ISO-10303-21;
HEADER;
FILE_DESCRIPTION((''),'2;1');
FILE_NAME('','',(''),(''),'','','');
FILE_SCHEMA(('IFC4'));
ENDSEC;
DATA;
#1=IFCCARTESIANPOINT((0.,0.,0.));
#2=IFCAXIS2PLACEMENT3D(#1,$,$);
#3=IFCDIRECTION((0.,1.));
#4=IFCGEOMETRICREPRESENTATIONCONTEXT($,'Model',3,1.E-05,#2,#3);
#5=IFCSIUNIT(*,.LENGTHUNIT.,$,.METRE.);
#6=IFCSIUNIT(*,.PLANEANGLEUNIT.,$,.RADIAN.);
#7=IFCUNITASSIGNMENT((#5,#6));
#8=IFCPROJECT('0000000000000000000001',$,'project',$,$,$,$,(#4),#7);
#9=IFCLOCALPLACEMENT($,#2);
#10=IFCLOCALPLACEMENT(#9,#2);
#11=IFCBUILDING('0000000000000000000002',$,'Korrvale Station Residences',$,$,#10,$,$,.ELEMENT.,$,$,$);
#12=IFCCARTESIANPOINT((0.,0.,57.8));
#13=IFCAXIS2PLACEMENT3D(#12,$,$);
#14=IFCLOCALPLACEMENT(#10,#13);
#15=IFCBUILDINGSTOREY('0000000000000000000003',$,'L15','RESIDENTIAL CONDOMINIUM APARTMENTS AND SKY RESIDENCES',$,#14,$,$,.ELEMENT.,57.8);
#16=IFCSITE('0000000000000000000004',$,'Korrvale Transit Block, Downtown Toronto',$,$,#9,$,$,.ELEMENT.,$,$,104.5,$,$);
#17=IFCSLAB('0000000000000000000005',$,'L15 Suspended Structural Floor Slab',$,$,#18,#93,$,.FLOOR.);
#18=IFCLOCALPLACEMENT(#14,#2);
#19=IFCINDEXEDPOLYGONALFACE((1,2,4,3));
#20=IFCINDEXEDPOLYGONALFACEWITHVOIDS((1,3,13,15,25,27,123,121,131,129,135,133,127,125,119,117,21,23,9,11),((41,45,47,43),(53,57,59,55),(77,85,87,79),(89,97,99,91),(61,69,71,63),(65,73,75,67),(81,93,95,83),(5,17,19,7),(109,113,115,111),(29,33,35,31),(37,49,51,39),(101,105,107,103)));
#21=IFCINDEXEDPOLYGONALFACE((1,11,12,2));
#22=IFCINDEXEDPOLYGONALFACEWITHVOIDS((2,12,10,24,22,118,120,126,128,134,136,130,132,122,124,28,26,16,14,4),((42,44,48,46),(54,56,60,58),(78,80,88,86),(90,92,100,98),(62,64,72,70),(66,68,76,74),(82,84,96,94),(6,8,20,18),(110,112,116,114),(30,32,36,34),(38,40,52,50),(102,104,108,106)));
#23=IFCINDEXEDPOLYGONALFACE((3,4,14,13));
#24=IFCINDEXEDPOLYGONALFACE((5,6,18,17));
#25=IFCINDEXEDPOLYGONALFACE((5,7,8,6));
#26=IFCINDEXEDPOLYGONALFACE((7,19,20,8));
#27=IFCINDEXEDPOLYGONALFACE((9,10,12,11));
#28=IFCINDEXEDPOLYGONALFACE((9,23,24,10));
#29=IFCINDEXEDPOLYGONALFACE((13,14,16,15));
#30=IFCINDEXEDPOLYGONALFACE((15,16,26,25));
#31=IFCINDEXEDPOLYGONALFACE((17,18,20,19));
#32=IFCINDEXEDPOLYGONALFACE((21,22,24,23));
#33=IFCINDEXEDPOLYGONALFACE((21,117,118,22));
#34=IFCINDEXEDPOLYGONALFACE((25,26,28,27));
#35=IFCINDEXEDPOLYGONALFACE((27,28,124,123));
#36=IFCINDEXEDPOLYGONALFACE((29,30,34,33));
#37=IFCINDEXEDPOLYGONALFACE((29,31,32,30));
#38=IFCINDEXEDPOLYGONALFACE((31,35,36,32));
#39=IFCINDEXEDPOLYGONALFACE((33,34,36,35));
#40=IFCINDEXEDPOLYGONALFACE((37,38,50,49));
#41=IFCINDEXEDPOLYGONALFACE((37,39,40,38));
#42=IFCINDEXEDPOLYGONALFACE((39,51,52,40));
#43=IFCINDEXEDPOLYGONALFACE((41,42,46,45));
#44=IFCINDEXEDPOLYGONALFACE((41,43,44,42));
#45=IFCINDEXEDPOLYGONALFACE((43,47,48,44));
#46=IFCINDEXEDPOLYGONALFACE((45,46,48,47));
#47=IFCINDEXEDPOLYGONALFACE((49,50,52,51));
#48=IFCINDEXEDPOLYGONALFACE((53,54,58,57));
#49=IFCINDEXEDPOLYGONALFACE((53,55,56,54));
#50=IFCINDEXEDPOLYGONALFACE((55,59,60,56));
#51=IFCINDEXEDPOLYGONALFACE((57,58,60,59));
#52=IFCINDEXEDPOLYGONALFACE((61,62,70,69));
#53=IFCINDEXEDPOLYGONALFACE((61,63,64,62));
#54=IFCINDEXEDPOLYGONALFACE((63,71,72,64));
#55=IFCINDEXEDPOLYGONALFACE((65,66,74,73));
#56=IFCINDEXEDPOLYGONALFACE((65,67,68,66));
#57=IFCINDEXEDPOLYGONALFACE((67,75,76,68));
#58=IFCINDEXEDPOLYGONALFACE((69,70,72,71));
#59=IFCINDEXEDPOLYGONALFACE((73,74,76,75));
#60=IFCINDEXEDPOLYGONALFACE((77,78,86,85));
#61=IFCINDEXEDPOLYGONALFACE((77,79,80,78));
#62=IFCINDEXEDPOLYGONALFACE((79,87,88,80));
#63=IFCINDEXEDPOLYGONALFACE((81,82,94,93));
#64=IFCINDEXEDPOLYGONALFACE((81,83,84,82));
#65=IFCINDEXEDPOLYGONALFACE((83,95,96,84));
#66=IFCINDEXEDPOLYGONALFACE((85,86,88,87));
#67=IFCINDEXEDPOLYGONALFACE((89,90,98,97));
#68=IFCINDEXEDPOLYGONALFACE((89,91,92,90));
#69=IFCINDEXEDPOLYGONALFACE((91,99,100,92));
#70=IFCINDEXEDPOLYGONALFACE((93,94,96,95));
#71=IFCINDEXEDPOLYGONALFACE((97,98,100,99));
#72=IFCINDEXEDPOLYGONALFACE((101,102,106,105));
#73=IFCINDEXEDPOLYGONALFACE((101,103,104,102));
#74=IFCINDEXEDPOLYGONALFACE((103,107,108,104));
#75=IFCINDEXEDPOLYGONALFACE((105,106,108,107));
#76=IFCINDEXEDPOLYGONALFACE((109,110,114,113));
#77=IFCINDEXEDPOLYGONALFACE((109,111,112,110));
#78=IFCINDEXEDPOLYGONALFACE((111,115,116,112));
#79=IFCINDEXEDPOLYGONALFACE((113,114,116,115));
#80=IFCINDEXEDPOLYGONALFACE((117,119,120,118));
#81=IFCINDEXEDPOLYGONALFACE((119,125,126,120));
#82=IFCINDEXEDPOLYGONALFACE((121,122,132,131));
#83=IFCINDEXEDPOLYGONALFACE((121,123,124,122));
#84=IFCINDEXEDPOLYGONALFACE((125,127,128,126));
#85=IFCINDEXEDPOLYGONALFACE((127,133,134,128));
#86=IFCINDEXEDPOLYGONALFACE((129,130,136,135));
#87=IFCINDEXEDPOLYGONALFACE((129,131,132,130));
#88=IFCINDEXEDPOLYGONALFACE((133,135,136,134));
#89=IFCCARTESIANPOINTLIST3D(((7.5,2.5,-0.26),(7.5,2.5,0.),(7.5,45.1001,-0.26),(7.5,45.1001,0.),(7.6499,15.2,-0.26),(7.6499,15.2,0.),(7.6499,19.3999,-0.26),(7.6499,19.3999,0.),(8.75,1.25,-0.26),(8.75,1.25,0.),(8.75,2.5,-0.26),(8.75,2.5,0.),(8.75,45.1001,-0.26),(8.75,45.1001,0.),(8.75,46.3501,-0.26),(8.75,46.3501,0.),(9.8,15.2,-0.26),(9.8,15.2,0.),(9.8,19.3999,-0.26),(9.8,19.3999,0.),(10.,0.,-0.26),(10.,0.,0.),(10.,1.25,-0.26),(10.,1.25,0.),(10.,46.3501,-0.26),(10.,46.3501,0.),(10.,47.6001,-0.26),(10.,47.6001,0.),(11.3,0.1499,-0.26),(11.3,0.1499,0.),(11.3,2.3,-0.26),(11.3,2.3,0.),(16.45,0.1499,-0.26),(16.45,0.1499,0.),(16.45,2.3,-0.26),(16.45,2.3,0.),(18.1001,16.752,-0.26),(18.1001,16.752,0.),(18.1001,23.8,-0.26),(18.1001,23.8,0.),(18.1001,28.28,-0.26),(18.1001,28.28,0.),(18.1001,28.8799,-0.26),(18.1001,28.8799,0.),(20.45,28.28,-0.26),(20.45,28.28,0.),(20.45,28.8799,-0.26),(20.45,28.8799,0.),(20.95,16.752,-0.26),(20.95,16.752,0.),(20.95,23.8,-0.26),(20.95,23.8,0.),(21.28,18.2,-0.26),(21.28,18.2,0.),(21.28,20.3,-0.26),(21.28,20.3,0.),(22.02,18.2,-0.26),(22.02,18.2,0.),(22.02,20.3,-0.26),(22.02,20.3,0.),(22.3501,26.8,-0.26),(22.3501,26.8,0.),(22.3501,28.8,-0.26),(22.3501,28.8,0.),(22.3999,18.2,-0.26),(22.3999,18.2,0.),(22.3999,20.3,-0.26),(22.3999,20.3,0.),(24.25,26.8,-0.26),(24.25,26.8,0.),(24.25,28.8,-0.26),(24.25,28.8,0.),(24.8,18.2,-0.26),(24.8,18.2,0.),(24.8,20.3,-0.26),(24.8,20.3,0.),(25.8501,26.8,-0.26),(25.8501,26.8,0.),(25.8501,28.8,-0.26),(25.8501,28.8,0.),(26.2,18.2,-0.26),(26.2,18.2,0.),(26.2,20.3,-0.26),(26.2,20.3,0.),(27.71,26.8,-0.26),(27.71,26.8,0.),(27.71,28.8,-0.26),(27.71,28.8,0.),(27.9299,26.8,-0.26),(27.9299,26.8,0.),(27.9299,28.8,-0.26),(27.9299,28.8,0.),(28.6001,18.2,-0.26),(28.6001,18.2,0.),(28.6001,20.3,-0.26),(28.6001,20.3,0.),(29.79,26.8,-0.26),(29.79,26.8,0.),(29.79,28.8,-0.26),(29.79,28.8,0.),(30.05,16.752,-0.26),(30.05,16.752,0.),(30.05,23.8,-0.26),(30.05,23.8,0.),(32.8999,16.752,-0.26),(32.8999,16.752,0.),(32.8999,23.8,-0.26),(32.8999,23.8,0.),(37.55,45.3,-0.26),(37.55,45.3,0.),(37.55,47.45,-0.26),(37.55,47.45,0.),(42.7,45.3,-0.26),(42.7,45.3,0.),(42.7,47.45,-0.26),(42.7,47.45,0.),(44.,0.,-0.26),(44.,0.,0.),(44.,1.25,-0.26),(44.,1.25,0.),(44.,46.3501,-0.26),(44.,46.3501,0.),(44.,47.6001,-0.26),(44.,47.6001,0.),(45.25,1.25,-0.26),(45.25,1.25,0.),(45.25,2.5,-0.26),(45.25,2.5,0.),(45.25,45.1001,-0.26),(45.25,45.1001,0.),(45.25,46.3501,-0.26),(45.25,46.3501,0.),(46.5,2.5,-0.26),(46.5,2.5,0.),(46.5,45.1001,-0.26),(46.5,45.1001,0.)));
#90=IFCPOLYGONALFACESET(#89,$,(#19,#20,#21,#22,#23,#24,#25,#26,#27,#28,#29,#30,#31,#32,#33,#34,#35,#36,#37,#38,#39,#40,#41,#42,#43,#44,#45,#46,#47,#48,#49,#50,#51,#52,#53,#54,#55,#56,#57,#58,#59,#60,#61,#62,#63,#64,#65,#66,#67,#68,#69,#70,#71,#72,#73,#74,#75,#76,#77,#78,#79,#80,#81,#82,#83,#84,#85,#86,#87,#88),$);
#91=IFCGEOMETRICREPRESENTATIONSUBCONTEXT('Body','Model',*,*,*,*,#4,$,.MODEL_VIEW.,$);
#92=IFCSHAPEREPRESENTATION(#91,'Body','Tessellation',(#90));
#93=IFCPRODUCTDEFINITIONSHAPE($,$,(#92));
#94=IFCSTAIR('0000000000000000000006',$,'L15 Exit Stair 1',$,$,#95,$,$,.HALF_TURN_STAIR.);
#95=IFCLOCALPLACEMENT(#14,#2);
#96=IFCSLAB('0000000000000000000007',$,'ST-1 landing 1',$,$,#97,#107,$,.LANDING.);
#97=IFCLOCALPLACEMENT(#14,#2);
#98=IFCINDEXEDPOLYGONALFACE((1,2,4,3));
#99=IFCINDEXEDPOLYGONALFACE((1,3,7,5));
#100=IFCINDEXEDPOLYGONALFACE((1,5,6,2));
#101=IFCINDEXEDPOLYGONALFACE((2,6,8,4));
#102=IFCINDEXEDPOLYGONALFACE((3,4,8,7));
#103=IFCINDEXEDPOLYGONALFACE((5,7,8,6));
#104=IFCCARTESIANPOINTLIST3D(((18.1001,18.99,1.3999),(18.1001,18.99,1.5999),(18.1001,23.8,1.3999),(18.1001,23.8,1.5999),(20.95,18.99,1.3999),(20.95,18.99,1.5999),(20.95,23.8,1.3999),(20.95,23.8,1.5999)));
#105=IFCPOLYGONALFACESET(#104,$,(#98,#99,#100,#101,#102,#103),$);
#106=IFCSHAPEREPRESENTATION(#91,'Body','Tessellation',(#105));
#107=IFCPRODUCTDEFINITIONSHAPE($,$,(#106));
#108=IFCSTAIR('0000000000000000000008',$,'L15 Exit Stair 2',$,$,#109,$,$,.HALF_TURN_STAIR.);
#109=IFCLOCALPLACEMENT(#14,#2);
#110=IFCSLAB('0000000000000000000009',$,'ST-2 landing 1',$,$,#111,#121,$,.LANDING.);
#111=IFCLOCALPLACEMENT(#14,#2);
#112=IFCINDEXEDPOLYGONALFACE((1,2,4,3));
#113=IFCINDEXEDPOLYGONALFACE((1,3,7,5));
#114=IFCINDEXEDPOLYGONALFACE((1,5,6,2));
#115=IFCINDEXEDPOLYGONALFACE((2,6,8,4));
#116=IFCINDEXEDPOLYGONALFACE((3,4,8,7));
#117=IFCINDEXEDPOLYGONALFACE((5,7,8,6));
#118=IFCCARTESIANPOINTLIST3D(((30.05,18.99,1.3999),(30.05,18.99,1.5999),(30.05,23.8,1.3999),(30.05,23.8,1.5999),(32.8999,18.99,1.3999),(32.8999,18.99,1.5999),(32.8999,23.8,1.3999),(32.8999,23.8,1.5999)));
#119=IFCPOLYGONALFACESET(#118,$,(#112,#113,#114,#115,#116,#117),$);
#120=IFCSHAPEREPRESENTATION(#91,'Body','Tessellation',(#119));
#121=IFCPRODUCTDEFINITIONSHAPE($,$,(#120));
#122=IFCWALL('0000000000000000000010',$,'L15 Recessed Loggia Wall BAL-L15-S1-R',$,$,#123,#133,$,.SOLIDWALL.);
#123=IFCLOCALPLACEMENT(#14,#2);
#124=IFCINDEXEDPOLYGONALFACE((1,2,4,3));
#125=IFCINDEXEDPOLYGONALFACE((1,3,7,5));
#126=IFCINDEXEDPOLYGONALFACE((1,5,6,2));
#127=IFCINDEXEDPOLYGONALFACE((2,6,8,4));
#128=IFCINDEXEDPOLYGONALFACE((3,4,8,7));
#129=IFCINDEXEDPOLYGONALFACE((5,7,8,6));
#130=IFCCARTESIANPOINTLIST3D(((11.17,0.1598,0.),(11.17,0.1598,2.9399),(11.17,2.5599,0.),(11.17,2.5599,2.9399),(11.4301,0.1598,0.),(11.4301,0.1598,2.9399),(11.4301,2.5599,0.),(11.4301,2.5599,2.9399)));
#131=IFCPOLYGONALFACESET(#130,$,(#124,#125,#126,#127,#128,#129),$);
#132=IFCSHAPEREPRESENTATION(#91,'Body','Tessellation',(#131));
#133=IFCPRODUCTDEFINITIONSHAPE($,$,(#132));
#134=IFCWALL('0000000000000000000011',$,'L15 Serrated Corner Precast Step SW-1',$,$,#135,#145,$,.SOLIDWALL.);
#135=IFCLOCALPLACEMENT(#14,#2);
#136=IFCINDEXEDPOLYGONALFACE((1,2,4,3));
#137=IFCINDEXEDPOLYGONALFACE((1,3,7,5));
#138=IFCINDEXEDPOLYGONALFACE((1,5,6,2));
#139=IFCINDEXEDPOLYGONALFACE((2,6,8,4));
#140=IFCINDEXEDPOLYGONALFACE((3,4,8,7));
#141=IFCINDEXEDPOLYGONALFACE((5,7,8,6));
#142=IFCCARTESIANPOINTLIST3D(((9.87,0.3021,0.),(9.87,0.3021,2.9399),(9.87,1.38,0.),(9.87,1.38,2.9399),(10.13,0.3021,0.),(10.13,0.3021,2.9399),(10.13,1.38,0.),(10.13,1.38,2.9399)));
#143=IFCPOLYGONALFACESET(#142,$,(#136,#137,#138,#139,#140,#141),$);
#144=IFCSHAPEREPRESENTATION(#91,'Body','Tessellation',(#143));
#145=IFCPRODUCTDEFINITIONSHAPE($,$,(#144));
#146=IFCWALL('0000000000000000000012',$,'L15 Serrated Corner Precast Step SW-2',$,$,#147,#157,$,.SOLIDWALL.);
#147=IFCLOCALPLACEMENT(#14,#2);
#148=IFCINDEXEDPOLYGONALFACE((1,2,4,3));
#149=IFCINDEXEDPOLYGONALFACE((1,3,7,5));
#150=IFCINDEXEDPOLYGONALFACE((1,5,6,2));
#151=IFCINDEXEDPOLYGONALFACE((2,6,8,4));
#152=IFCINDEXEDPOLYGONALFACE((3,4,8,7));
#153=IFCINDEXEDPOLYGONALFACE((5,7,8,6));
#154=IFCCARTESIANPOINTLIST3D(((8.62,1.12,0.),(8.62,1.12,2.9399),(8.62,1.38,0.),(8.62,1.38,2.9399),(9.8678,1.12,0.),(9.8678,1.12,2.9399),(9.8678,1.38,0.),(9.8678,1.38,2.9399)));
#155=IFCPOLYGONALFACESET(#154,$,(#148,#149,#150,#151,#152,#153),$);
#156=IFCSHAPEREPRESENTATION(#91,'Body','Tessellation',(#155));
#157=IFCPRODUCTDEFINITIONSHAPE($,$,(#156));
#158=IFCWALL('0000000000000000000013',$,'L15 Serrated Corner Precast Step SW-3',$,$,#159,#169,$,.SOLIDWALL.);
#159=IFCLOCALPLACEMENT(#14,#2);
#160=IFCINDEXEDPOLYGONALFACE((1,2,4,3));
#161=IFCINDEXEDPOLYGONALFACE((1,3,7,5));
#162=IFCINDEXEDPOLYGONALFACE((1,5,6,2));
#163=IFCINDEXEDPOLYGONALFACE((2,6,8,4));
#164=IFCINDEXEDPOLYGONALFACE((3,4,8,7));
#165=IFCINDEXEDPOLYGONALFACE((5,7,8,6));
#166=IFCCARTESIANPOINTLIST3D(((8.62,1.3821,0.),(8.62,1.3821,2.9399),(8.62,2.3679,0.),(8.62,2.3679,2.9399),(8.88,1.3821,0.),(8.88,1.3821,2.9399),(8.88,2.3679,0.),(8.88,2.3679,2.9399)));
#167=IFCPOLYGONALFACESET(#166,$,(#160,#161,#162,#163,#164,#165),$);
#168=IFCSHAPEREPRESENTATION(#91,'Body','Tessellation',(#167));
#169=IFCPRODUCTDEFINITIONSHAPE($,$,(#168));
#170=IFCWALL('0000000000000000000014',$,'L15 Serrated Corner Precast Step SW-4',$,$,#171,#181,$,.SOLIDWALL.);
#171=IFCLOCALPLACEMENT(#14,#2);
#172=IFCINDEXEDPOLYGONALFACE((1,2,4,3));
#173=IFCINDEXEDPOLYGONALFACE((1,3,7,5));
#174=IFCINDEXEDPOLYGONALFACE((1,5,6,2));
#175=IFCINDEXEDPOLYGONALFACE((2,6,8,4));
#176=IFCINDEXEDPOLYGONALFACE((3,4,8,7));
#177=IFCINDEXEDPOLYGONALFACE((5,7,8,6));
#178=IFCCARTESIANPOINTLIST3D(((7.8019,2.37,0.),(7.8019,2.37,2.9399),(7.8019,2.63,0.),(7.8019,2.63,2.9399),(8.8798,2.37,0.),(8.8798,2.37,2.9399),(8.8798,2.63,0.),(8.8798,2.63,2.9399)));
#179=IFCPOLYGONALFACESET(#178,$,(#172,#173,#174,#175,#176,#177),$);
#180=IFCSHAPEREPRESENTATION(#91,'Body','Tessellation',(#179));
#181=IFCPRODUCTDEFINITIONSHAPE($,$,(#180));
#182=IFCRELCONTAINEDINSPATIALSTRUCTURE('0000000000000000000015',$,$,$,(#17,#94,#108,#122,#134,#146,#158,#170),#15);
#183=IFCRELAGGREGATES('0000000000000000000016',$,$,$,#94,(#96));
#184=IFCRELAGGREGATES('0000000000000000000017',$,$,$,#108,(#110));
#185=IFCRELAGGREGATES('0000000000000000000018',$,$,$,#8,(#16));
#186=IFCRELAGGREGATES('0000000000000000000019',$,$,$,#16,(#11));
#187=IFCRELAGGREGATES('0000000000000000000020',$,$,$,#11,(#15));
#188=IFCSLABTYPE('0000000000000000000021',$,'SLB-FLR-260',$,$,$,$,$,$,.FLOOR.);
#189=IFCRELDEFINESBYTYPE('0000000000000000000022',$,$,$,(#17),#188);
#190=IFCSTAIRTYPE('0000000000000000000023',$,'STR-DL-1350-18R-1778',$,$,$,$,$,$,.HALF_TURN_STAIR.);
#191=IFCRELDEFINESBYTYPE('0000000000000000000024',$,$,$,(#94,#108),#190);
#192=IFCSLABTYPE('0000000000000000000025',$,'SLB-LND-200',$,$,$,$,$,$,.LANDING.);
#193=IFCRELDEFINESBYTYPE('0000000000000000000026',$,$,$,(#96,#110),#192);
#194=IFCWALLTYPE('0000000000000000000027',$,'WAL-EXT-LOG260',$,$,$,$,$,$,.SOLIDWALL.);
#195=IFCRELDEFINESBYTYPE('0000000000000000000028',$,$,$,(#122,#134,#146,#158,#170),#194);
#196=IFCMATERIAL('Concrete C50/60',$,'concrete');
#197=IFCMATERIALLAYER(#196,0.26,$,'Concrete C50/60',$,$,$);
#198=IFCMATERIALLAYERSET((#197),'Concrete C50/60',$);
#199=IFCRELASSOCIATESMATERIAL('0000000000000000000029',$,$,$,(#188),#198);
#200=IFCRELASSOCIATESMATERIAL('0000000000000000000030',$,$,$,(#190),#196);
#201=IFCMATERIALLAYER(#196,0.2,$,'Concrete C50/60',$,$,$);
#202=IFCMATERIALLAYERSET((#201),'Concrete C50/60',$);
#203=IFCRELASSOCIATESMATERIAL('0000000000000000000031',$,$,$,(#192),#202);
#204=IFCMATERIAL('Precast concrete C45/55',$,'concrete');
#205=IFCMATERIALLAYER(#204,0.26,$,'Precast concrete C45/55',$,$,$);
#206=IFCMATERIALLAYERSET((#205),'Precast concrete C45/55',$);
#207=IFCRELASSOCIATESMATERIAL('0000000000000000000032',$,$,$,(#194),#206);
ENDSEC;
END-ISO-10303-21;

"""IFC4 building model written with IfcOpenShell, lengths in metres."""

from ifc_helpers import new_model, si_unit, direction, frame, frame_2d, origin, place, context, subcontext, project, spatial, polyline, rectangle, outline, extrude, material, layer, layer_set, type_object, element, aggregate, save


model = new_model("IFC4")

# Units and contexts
model_context = context("Model", 3, precision=1e-05, world=origin(), true_north=direction((0.0, 1.0)))
body_context = subcontext(model_context, "Body", "Model", "MODEL_VIEW")
ifc_project = project(units=[si_unit("LENGTHUNIT", "METRE"), si_unit("PLANEANGLEUNIT", "RADIAN")], contexts=[model_context])

# Site, building, storey
site_placement = place(None, origin())
site = spatial("IfcSite", under=ifc_project, at=site_placement, Name="Korrvale Transit Block, Downtown Toronto", CompositionType="ELEMENT", RefElevation=104.5)
building_placement = place(site_placement, origin())
building = spatial("IfcBuilding", under=site, at=building_placement, Name="Korrvale Station Residences", CompositionType="ELEMENT")
storey_placement = place(building_placement, frame((0.0, 0.0, 57.8)))
storey = spatial("IfcBuildingStorey", under=building, at=storey_placement, Name="L15", Description="RESIDENTIAL CONDOMINIUM APARTMENTS AND SKY RESIDENCES", CompositionType="ELEMENT", Elevation=57.8)

# Slab
ifc_material_1 = material(Name="Concrete C50/60", Category="concrete")
ifc_layer_1 = layer(ifc_material_1, 0.26, Name="Concrete C50/60")
ifc_layer_set_1 = layer_set([ifc_layer_1], Name="Concrete C50/60")
slab_type_1 = type_object("IfcSlabType", Name="SLB-FLR-260", PredefinedType="FLOOR", material=ifc_layer_set_1)
slab_1_placement = place(storey_placement, frame((0.0, 0.0, -0.26)))
element("IfcSlab", 1, at=slab_1_placement, inside=storey, type_object=slab_type_1, Name="L15 Suspended Structural Floor Slab", PredefinedType="FLOOR", context=body_context, shape_type="SweptSolid", body=[
    extrude(outline(polyline([(10.0, 0.0), (44.0, 0.0), (44.0, 1.25), (45.25, 1.25), (45.25, 2.5), (46.5, 2.5), (46.5, 45.1001), (45.25, 45.1001), (45.25, 46.3501), (44.0, 46.3501), (44.0, 47.6001), (10.0, 47.6001), (10.0, 46.3501), (8.75, 46.3501), (8.75, 45.1001), (7.5, 45.1001), (7.5, 2.5), (8.75, 2.5), (8.75, 1.25), (10.0, 1.25), (10.0, 0.0)]), holes=[polyline([(20.95, 16.752), (20.95, 23.8), (18.1001, 23.8), (18.1001, 16.752), (20.95, 16.752)]), polyline([(32.8999, 16.752), (32.8999, 23.8), (30.05, 23.8), (30.05, 16.752), (32.8999, 16.752)]), polyline([(22.3501, 26.8), (24.25, 26.8), (24.25, 28.8), (22.3501, 28.8), (22.3501, 26.8)]), polyline([(25.8501, 26.8), (27.71, 26.8), (27.71, 28.8), (25.8501, 28.8), (25.8501, 26.8)]), polyline([(27.9299, 26.8), (29.79, 26.8), (29.79, 28.8), (27.9299, 28.8), (27.9299, 26.8)]), polyline([(22.3999, 18.2), (24.8, 18.2), (24.8, 20.3), (22.3999, 20.3), (22.3999, 18.2)]), polyline([(26.2, 18.2), (28.6001, 18.2), (28.6001, 20.3), (26.2, 20.3), (26.2, 18.2)]), polyline([(18.1001, 28.28), (20.45, 28.28), (20.45, 28.8799), (18.1001, 28.8799), (18.1001, 28.28)]), polyline([(21.28, 18.2), (22.02, 18.2), (22.02, 20.3), (21.28, 20.3), (21.28, 18.2)]), polyline([(11.3, 0.1499), (16.45, 0.1499), (16.45, 2.3), (11.3, 2.3), (11.3, 0.1499)]), polyline([(37.55, 45.3), (42.7, 45.3), (42.7, 47.45), (37.55, 47.45), (37.55, 45.3)]), polyline([(7.6499, 15.2), (9.8, 15.2), (9.8, 19.3999), (7.6499, 19.3999), (7.6499, 15.2)])]), origin(), (0.0, 0.0, 1.0), 0.26),
])

# Stairs, slabs
stair_type = type_object("IfcStairType", Name="STR-DL-1350-18R-1778", PredefinedType="HALF_TURN_STAIR", material=ifc_material_1)
stair_1_placement = place(storey_placement, origin())
stair_1 = element("IfcStair", 2, at=stair_1_placement, inside=storey, type_object=stair_type, Name="L15 Exit Stair 1", PredefinedType="HALF_TURN_STAIR")
ifc_layer_2 = layer(ifc_material_1, 0.2, Name="Concrete C50/60")
ifc_layer_set_2 = layer_set([ifc_layer_2], Name="Concrete C50/60")
slab_type_2 = type_object("IfcSlabType", Name="SLB-LND-200", PredefinedType="LANDING", material=ifc_layer_set_2)
slab_2_placement = place(storey_placement, frame((0.0, 0.0, 1.3999)))
slab_2 = element("IfcSlab", 3, at=slab_2_placement, type_object=slab_type_2, Name="ST-1 landing 1", PredefinedType="LANDING", context=body_context, shape_type="SweptSolid", body=[
    extrude(outline(polyline([(20.95, 18.99), (20.95, 23.8), (18.1001, 23.8), (18.1001, 18.99), (20.95, 18.99)])), origin(), (0.0, 0.0, 1.0), 0.2),
])
aggregate(stair_1, [slab_2])
stair_2_placement = place(storey_placement, origin())
stair_2 = element("IfcStair", 4, at=stair_2_placement, inside=storey, type_object=stair_type, Name="L15 Exit Stair 2", PredefinedType="HALF_TURN_STAIR")
slab_3_placement = place(storey_placement, frame((0.0, 0.0, 1.3999)))
slab_3 = element("IfcSlab", 5, at=slab_3_placement, type_object=slab_type_2, Name="ST-2 landing 1", PredefinedType="LANDING", context=body_context, shape_type="SweptSolid", body=[
    extrude(outline(polyline([(32.8999, 18.99), (32.8999, 23.8), (30.05, 23.8), (30.05, 18.99), (32.8999, 18.99)])), origin(), (0.0, 0.0, 1.0), 0.2),
])
aggregate(stair_2, [slab_3])

# Walls
ifc_material_2 = material(Name="Precast concrete C45/55", Category="concrete")
ifc_layer_3 = layer(ifc_material_2, 0.26, Name="Precast concrete C45/55")
ifc_layer_set_3 = layer_set([ifc_layer_3], Name="Precast concrete C45/55")
wall_type_1 = type_object("IfcWallType", Name="WAL-EXT-LOG260", PredefinedType="SOLIDWALL", material=ifc_layer_set_3)
wall_1_placement = place(storey_placement, frame((11.3, 2.5601, 0.0), z_axis=(0.0, 0.0, 1.0), x_axis=(0.0, -1.0, 0.0)))
element("IfcWall", 6, at=wall_1_placement, inside=storey, type_object=wall_type_1, Name="L15 Recessed Loggia Wall BAL-L15-S1-R", PredefinedType="SOLIDWALL", context=body_context, shape_type="SweptSolid", body=[
    extrude(rectangle(XDim=2.4001, YDim=0.26, at=frame_2d((1.2002, 0.0))), origin(), (0.0, 0.0, 1.0), 2.9399),
])
wall_2_placement = place(storey_placement, frame((10.0, 0.302, 0.0), z_axis=(0.0, 0.0, 1.0), x_axis=(0.0, 1.0, 0.0)))
element("IfcWall", 7, at=wall_2_placement, inside=storey, type_object=wall_type_1, Name="L15 Serrated Corner Precast Step SW-1", PredefinedType="SOLIDWALL", context=body_context, shape_type="SweptSolid", body=[
    extrude(rectangle(XDim=1.0779, YDim=0.26, at=frame_2d((0.5391, 0.0))), origin(), (0.0, 0.0, 1.0), 2.9399),
])
wall_3_placement = place(storey_placement, frame((9.8679, 1.25, 0.0), z_axis=(0.0, 0.0, 1.0), x_axis=(-1.0, 0.0, 0.0)))
element("IfcWall", 8, at=wall_3_placement, inside=storey, type_object=wall_type_1, Name="L15 Serrated Corner Precast Step SW-2", PredefinedType="SOLIDWALL", context=body_context, shape_type="SweptSolid", body=[
    extrude(rectangle(XDim=1.2478, YDim=0.26, at=frame_2d((0.624, 0.0))), origin(), (0.0, 0.0, 1.0), 2.9399),
])
wall_4_placement = place(storey_placement, frame((8.75, 1.3821, 0.0), z_axis=(0.0, 0.0, 1.0), x_axis=(0.0, 1.0, 0.0)))
element("IfcWall", 9, at=wall_4_placement, inside=storey, type_object=wall_type_1, Name="L15 Serrated Corner Precast Step SW-3", PredefinedType="SOLIDWALL", context=body_context, shape_type="SweptSolid", body=[
    extrude(rectangle(XDim=0.9858, YDim=0.26, at=frame_2d((0.4929, 0.0))), origin(), (0.0, 0.0, 1.0), 2.9399),
])
wall_5_placement = place(storey_placement, frame((8.8799, 2.5, 0.0), z_axis=(0.0, 0.0, 1.0), x_axis=(-1.0, 0.0, 0.0)))
element("IfcWall", 10, at=wall_5_placement, inside=storey, type_object=wall_type_1, Name="L15 Serrated Corner Precast Step SW-4", PredefinedType="SOLIDWALL", context=body_context, shape_type="SweptSolid", body=[
    extrude(rectangle(XDim=1.0779, YDim=0.26, at=frame_2d((0.5391, 0.0))), origin(), (0.0, 0.0, 1.0), 2.9399),
])

save(model, "model.ifc")
